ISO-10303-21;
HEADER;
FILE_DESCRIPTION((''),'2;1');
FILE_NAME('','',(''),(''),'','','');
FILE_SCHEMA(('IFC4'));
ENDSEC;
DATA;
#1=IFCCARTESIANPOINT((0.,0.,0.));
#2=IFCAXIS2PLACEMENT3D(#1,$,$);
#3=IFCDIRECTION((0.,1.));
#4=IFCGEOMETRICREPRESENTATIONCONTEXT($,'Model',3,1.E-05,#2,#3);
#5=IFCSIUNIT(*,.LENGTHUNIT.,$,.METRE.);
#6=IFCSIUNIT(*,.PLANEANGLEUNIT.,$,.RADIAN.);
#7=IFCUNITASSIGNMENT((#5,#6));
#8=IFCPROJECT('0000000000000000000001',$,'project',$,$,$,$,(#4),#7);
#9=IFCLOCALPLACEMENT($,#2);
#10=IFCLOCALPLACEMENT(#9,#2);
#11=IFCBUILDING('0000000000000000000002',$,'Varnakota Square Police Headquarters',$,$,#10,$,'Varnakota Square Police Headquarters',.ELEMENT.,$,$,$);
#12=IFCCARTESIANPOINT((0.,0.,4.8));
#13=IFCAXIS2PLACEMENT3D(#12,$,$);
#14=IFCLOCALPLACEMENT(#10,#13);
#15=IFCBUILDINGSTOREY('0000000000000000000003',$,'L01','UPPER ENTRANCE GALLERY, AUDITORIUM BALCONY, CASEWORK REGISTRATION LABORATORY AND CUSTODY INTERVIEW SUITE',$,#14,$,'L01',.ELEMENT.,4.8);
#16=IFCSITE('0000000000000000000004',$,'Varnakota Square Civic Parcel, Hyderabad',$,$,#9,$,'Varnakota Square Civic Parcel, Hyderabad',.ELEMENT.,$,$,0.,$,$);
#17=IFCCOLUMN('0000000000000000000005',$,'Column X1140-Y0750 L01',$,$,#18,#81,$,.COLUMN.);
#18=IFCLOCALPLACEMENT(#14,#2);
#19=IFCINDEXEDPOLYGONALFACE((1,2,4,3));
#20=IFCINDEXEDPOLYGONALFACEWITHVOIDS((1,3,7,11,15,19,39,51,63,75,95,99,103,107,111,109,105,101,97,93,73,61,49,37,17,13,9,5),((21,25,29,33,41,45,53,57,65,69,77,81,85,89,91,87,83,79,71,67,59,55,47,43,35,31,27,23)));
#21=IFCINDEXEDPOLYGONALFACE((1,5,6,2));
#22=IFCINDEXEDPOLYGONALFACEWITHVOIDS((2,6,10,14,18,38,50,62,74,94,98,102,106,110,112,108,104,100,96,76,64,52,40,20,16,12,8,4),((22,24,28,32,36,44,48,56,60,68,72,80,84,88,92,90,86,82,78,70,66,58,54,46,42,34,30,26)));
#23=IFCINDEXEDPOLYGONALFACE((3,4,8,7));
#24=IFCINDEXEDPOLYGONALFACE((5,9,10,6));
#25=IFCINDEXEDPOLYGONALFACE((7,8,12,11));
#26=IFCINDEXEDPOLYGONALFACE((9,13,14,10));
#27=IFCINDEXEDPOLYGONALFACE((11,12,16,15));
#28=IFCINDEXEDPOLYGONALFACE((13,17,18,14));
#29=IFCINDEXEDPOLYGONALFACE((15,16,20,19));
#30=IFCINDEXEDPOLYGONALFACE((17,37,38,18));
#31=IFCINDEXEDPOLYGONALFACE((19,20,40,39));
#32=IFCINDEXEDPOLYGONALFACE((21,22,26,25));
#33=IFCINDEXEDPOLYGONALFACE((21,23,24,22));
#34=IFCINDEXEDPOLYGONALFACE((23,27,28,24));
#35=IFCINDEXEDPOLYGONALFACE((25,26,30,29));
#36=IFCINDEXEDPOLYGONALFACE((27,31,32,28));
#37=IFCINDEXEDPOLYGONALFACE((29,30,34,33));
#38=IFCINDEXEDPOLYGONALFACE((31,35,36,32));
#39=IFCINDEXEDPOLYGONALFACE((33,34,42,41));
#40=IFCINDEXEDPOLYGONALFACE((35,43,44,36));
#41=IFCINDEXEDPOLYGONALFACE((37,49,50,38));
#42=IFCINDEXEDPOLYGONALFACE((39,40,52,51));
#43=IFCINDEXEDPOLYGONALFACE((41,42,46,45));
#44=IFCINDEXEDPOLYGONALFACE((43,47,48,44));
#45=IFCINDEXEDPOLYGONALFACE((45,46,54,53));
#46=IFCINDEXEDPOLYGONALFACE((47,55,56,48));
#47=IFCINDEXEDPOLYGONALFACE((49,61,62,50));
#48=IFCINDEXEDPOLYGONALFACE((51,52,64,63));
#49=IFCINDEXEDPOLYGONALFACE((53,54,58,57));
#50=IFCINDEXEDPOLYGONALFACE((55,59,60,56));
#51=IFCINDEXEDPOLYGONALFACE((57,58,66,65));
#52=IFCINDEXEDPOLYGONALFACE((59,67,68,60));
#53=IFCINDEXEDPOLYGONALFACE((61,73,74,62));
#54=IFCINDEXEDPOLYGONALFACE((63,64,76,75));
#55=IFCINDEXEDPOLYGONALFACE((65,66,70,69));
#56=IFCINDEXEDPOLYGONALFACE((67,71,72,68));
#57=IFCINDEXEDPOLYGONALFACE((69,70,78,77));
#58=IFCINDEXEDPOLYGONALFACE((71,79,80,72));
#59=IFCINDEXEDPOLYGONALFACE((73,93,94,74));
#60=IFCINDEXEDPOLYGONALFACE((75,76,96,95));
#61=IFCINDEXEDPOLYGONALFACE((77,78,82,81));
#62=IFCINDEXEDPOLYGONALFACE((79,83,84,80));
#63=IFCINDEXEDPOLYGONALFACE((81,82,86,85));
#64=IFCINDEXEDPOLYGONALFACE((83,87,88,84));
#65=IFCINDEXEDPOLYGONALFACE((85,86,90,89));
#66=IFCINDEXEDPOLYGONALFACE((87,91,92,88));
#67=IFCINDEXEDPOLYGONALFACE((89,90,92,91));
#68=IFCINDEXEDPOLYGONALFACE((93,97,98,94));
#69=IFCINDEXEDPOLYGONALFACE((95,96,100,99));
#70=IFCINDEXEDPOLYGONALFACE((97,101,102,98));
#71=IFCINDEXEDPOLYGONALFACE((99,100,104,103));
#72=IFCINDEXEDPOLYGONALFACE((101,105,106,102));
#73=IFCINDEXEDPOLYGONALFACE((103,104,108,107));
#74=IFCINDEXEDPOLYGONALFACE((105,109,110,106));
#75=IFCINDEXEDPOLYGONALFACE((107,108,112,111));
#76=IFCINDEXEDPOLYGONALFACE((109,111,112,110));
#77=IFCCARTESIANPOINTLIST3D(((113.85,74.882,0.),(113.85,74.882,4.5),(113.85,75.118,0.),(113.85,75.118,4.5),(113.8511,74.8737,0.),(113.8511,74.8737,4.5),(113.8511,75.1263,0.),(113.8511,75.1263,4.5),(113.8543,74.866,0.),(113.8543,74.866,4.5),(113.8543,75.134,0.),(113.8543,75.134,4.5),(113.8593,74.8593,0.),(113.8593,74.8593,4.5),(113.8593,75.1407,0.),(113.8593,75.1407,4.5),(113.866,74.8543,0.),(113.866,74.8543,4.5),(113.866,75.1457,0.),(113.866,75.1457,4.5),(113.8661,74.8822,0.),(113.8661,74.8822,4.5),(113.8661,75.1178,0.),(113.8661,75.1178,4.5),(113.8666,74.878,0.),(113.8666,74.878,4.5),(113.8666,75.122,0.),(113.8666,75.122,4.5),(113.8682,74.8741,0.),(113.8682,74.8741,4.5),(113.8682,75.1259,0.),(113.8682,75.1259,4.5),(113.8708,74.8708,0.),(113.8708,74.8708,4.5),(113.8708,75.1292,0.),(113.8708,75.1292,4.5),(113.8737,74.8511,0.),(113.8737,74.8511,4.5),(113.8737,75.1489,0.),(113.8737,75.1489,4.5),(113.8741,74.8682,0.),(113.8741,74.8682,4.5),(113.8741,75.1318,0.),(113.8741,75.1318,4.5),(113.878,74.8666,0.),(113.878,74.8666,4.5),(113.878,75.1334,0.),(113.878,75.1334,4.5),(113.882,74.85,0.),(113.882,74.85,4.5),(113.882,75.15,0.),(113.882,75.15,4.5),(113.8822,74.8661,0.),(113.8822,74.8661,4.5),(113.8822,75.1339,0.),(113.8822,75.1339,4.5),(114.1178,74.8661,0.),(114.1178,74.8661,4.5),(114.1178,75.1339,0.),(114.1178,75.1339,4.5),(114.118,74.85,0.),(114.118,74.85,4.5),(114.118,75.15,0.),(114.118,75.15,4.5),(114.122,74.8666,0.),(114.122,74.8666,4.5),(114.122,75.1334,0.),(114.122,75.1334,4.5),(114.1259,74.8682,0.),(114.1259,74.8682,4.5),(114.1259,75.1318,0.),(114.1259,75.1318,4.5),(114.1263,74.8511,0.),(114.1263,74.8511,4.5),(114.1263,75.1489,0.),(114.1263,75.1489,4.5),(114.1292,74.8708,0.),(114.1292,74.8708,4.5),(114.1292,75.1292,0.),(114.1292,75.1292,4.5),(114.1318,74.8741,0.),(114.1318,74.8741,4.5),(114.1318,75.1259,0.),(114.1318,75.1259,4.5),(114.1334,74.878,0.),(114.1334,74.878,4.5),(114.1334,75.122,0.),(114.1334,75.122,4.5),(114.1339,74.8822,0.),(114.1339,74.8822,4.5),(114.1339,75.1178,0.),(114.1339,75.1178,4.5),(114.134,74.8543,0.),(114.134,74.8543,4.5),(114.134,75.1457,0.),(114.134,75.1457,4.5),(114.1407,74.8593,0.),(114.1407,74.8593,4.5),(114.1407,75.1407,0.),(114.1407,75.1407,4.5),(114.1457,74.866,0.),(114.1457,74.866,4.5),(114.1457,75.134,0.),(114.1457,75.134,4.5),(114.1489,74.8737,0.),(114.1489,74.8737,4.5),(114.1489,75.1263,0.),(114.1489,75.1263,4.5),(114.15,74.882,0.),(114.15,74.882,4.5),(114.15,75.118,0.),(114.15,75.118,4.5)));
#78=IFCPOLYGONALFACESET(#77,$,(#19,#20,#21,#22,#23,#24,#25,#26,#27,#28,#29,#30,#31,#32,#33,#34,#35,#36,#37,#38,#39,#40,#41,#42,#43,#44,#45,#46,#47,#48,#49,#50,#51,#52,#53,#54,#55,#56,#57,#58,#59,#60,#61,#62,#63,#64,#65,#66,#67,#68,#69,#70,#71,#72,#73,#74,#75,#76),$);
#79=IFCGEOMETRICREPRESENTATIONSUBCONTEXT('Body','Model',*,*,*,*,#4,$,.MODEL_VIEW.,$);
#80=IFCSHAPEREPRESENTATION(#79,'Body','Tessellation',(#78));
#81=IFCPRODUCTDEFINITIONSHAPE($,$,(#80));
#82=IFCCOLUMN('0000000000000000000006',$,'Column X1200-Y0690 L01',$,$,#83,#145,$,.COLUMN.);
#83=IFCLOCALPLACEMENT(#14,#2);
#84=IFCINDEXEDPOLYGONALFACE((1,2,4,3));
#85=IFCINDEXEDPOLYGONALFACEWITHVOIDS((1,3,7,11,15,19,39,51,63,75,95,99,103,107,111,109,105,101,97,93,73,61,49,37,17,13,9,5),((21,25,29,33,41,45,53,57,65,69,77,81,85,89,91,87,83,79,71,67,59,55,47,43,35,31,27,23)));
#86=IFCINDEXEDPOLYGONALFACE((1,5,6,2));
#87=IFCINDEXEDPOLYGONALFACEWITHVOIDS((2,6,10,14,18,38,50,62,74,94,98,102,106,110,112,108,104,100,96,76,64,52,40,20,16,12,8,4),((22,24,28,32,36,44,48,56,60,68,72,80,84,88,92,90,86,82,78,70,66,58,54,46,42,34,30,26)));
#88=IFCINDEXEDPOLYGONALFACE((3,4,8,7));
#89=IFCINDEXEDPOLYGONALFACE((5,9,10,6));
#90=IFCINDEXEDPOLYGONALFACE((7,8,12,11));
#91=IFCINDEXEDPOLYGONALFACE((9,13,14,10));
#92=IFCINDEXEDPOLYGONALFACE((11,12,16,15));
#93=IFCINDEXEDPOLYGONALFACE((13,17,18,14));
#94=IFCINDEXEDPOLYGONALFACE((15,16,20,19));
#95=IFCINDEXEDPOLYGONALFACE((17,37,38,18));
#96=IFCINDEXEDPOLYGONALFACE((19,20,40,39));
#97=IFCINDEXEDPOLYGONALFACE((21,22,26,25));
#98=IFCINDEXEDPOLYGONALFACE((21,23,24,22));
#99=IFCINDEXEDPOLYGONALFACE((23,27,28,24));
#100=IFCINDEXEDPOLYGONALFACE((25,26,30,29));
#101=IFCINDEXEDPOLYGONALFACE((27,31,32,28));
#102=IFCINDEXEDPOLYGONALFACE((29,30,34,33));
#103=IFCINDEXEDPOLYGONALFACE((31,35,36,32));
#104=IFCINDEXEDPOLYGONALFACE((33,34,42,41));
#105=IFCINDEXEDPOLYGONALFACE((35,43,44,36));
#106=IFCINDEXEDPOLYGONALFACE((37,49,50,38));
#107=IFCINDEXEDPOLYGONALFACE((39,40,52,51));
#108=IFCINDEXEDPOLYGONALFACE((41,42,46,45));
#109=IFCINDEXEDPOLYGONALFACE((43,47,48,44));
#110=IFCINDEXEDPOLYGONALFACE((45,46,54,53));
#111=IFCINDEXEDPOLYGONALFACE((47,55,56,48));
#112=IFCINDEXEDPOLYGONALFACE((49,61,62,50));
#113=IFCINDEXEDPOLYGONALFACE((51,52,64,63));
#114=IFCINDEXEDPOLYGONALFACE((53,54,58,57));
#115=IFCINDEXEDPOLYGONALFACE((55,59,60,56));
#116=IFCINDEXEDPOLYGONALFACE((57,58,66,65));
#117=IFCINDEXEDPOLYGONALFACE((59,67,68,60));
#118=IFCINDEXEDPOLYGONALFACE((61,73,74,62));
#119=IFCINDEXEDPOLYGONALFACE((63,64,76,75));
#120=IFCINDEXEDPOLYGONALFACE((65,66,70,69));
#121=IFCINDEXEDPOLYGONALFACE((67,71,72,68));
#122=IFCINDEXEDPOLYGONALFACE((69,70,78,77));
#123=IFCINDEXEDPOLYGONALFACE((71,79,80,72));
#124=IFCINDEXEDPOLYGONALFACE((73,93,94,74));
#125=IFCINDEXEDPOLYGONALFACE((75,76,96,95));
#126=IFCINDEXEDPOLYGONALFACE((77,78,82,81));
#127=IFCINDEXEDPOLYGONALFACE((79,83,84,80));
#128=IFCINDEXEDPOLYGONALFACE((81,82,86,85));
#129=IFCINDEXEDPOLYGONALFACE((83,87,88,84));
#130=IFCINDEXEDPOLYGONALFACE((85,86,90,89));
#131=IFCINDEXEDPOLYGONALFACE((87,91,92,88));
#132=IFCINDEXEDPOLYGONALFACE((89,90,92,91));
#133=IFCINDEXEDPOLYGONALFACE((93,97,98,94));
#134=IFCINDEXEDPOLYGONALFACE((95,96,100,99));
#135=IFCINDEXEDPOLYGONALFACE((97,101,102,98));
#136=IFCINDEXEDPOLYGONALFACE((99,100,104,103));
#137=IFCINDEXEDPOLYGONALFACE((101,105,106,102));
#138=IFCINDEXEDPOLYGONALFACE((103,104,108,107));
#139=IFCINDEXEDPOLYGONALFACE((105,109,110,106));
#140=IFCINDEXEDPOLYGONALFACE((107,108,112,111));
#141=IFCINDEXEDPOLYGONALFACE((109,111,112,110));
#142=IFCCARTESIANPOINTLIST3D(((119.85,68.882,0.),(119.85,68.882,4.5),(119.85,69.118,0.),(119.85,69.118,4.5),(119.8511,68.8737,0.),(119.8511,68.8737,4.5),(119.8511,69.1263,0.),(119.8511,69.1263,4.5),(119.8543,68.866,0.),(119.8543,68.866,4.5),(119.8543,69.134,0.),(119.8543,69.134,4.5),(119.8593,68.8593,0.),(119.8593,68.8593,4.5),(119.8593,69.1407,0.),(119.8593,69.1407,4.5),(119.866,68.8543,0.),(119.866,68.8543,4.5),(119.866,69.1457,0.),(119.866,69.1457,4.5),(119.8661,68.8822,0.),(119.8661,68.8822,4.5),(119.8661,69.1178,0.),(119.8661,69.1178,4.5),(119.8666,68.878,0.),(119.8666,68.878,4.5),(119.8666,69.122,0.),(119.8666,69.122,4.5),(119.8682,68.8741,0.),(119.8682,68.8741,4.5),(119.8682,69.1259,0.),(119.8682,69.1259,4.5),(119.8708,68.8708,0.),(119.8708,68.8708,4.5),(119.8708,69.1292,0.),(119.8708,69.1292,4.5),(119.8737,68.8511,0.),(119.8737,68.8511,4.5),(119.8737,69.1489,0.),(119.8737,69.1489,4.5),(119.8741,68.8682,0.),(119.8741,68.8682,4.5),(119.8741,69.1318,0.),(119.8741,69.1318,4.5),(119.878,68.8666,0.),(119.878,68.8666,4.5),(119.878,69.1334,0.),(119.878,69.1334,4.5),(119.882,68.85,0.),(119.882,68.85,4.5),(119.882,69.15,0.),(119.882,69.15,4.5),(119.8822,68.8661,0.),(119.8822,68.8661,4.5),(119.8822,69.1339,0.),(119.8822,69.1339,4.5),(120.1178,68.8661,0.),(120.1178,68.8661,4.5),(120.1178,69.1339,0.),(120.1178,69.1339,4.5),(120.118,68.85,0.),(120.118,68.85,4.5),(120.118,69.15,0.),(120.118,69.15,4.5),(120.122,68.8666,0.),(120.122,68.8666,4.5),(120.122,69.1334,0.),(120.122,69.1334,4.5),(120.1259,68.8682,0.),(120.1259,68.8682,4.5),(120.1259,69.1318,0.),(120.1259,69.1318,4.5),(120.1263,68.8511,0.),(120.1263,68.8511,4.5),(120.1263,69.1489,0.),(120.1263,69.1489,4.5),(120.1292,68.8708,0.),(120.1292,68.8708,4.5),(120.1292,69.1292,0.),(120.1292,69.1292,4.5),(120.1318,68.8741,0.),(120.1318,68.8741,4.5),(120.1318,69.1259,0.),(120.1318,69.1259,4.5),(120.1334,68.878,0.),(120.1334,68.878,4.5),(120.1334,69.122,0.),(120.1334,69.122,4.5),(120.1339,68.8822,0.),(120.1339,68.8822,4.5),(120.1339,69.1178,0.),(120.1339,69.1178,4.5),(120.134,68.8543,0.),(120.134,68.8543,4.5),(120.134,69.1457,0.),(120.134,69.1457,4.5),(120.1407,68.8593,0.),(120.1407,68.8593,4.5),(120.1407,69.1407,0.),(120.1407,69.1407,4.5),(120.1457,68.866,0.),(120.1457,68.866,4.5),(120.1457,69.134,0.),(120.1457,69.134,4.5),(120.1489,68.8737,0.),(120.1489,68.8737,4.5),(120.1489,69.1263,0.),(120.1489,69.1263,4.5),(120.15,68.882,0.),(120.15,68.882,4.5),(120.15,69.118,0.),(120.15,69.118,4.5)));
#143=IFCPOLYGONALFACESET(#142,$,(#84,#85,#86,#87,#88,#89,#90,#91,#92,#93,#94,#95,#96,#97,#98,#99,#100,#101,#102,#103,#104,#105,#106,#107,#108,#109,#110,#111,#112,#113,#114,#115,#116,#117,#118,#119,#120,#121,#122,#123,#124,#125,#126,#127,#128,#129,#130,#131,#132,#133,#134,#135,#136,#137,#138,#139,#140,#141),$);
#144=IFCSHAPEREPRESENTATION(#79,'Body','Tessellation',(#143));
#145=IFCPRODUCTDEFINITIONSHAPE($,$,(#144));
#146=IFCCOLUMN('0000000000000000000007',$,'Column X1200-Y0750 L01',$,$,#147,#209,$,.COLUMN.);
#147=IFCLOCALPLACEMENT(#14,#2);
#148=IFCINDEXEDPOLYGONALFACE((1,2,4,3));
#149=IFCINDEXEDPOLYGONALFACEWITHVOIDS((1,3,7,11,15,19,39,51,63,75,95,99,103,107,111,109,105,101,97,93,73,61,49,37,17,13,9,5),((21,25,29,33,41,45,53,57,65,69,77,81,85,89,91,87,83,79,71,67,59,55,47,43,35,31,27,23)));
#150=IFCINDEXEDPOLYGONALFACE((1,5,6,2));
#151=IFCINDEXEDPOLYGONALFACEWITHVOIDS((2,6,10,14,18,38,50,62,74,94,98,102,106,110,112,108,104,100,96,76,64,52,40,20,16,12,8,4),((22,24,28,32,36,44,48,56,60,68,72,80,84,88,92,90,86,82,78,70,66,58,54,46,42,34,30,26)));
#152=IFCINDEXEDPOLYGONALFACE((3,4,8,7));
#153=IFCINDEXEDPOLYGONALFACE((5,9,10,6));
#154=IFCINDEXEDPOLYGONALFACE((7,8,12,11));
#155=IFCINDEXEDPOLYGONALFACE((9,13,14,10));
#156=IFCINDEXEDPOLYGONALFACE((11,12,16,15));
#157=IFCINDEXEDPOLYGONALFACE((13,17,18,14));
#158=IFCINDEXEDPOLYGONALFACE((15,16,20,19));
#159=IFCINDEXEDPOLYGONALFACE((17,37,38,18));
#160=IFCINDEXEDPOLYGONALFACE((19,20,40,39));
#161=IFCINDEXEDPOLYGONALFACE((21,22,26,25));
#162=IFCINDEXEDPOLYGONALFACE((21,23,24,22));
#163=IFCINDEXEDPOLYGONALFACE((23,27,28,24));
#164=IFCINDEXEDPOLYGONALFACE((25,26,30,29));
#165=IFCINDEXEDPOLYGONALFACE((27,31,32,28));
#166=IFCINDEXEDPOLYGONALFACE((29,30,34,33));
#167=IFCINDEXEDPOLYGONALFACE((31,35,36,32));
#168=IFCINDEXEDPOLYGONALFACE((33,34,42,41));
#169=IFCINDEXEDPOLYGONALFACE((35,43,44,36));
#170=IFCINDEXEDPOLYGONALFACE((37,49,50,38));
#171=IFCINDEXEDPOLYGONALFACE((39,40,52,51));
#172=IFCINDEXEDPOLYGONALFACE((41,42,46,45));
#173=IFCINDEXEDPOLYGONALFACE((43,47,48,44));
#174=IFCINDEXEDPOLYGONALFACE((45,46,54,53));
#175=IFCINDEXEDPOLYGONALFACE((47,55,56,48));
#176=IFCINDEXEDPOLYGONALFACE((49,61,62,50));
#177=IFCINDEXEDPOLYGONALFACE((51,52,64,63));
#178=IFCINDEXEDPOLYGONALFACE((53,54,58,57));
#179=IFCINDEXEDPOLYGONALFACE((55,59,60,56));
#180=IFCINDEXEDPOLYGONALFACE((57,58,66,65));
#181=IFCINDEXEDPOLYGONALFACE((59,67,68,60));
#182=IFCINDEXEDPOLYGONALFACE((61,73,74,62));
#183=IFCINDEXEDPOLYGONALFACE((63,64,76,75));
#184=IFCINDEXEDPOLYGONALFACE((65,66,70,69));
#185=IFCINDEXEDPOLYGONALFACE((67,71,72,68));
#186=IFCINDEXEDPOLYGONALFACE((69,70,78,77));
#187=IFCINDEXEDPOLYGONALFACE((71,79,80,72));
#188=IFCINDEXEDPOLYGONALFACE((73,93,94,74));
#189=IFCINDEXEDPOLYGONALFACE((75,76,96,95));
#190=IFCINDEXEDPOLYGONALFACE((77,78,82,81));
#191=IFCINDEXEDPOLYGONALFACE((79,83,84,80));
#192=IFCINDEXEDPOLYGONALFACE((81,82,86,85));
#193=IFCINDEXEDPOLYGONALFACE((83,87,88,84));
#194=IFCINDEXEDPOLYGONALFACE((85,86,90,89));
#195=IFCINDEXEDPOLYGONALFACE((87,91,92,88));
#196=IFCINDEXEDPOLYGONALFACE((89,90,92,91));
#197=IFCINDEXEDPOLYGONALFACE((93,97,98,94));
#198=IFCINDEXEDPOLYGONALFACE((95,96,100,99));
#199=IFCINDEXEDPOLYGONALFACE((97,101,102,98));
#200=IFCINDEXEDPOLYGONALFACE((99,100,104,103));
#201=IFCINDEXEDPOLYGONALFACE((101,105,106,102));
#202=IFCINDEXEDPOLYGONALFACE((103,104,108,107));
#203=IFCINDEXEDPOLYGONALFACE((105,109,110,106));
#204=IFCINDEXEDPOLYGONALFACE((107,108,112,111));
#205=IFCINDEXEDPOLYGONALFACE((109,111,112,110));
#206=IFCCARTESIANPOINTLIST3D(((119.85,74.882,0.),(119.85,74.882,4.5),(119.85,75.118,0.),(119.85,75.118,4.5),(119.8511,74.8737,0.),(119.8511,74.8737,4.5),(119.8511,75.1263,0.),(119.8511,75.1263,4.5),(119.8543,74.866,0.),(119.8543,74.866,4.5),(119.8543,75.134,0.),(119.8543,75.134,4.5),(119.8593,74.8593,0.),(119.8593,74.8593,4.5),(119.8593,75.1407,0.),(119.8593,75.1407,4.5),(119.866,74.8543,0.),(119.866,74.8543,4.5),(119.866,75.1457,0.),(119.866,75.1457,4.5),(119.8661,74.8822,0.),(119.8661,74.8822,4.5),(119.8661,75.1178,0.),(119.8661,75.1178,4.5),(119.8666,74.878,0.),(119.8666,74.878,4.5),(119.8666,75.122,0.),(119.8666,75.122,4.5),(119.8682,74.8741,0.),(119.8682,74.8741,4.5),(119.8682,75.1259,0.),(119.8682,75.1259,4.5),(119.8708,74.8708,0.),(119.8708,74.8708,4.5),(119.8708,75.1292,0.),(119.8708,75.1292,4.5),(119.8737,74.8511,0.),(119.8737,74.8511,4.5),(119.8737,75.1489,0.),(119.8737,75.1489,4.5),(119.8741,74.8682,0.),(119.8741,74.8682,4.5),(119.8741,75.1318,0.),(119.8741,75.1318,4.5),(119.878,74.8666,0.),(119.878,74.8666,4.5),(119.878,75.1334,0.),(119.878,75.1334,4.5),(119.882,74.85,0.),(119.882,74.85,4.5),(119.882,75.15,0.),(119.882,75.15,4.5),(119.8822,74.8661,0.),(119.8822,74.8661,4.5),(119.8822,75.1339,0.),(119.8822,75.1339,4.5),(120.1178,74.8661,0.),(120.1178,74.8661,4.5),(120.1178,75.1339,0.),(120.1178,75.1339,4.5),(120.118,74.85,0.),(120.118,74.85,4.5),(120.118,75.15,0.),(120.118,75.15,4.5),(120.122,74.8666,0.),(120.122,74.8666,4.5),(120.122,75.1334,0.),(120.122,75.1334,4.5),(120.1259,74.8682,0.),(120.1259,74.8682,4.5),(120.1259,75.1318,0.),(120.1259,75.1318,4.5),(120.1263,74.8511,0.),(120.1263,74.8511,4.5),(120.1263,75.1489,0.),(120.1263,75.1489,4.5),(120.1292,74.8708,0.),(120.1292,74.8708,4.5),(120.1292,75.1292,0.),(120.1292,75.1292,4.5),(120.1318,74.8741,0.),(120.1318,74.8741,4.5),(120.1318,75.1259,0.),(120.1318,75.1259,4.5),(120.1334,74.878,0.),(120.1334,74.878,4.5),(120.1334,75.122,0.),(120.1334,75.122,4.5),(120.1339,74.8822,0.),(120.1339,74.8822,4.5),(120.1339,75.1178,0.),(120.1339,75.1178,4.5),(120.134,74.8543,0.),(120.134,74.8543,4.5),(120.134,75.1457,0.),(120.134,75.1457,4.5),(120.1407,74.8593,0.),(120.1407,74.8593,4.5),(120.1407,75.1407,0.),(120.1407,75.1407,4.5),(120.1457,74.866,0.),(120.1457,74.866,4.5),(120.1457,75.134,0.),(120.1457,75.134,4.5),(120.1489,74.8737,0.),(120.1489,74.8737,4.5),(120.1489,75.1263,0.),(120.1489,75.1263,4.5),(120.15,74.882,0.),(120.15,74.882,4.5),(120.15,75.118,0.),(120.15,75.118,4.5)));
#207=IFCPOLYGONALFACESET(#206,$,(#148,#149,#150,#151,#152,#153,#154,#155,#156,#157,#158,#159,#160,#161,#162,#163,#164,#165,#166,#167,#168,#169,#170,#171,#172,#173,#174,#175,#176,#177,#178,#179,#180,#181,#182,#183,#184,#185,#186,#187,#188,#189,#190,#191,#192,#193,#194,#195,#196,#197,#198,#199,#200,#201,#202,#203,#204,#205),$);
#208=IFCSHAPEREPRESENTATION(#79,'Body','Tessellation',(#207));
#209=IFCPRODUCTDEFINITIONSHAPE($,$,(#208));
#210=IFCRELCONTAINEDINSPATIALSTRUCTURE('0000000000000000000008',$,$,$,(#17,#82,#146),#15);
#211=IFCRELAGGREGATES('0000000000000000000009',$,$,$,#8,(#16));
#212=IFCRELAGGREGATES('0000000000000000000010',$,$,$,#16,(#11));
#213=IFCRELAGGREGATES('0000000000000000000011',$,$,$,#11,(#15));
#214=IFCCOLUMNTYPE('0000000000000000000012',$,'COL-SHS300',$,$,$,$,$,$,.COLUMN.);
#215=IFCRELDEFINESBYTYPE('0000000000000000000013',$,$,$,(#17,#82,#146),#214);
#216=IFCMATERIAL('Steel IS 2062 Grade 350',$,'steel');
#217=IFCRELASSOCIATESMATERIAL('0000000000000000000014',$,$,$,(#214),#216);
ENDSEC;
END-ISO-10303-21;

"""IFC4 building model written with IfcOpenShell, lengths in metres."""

from ifc_helpers import new_model, si_unit, direction, frame, origin, origin_2d, place, context, subcontext, project, spatial, hollow_rectangle, extrude, material, material_profile, profile_set, type_object, element, save


model = new_model("IFC4")

# Units and contexts
model_context = context("Model", 3, precision=1e-05, world=origin(), true_north=direction((0.0, 1.0)))
body_context = subcontext(model_context, "Body", "Model", "MODEL_VIEW")
ifc_project = project(units=[si_unit("LENGTHUNIT", "METRE"), si_unit("PLANEANGLEUNIT", "RADIAN")], contexts=[model_context])

# Site, building, storey
site_placement = place(None, origin())
site = spatial("IfcSite", under=ifc_project, at=site_placement, Name="Varnakota Square Civic Parcel, Hyderabad", LongName="Varnakota Square Civic Parcel, Hyderabad", CompositionType="ELEMENT", RefElevation=0.0)
building_placement = place(site_placement, origin())
building = spatial("IfcBuilding", under=site, at=building_placement, Name="Varnakota Square Police Headquarters", LongName="Varnakota Square Police Headquarters", CompositionType="ELEMENT")
storey_placement = place(building_placement, frame((0.0, 0.0, 4.8)))
storey = spatial("IfcBuildingStorey", under=building, at=storey_placement, Name="L01", Description="UPPER ENTRANCE GALLERY, AUDITORIUM BALCONY, CASEWORK REGISTRATION LABORATORY AND CUSTODY INTERVIEW SUITE", LongName="L01", CompositionType="ELEMENT", Elevation=4.8)

# Columns
ifc_material_1 = material(Name="Steel IS 2062 Grade 350", Category="steel")
ifc_material_profile_1 = material_profile(ifc_material_1, hollow_rectangle(XDim=0.3, YDim=0.3, WallThickness=0.0161, InnerFilletRadius=0.0161, OuterFilletRadius=0.032, at=origin_2d()), Name="SHS 300x300x16")
ifc_profile_set_1 = profile_set([ifc_material_profile_1], Name="Steel IS 2062 Grade 350")
column_type = type_object("IfcColumnType", Name="COL-SHS300", PredefinedType="COLUMN", material=ifc_profile_set_1)
for number, where, z_axis, x_axis, name in (
    (1, (114.0, 75.0, 0.0), (0.0, 0.0, 1.0), (1.0, 0.0, 0.0), "Column X1140-Y0750 L01"),
    (2, (120.0, 69.0, 0.0), (0.0, 0.0, 1.0), (1.0, 0.0, 0.0), "Column X1200-Y0690 L01"),
    (3, (120.0, 75.0, 0.0), (0.0, 0.0, 1.0), (1.0, 0.0, 0.0), "Column X1200-Y0750 L01"),
):
    element("IfcColumn", number, at=place(storey_placement, frame(where, z_axis=z_axis, x_axis=x_axis)), inside=storey, type_object=column_type, Name=name, PredefinedType="COLUMN", context=body_context, shape_type="SweptSolid", body=[
        extrude(hollow_rectangle(XDim=0.3, YDim=0.3, WallThickness=0.0161, InnerFilletRadius=0.0161, OuterFilletRadius=0.032, at=origin_2d()), origin(), (0.0, 0.0, 1.0), 4.5),
    ])

save(model, "model.ifc")
